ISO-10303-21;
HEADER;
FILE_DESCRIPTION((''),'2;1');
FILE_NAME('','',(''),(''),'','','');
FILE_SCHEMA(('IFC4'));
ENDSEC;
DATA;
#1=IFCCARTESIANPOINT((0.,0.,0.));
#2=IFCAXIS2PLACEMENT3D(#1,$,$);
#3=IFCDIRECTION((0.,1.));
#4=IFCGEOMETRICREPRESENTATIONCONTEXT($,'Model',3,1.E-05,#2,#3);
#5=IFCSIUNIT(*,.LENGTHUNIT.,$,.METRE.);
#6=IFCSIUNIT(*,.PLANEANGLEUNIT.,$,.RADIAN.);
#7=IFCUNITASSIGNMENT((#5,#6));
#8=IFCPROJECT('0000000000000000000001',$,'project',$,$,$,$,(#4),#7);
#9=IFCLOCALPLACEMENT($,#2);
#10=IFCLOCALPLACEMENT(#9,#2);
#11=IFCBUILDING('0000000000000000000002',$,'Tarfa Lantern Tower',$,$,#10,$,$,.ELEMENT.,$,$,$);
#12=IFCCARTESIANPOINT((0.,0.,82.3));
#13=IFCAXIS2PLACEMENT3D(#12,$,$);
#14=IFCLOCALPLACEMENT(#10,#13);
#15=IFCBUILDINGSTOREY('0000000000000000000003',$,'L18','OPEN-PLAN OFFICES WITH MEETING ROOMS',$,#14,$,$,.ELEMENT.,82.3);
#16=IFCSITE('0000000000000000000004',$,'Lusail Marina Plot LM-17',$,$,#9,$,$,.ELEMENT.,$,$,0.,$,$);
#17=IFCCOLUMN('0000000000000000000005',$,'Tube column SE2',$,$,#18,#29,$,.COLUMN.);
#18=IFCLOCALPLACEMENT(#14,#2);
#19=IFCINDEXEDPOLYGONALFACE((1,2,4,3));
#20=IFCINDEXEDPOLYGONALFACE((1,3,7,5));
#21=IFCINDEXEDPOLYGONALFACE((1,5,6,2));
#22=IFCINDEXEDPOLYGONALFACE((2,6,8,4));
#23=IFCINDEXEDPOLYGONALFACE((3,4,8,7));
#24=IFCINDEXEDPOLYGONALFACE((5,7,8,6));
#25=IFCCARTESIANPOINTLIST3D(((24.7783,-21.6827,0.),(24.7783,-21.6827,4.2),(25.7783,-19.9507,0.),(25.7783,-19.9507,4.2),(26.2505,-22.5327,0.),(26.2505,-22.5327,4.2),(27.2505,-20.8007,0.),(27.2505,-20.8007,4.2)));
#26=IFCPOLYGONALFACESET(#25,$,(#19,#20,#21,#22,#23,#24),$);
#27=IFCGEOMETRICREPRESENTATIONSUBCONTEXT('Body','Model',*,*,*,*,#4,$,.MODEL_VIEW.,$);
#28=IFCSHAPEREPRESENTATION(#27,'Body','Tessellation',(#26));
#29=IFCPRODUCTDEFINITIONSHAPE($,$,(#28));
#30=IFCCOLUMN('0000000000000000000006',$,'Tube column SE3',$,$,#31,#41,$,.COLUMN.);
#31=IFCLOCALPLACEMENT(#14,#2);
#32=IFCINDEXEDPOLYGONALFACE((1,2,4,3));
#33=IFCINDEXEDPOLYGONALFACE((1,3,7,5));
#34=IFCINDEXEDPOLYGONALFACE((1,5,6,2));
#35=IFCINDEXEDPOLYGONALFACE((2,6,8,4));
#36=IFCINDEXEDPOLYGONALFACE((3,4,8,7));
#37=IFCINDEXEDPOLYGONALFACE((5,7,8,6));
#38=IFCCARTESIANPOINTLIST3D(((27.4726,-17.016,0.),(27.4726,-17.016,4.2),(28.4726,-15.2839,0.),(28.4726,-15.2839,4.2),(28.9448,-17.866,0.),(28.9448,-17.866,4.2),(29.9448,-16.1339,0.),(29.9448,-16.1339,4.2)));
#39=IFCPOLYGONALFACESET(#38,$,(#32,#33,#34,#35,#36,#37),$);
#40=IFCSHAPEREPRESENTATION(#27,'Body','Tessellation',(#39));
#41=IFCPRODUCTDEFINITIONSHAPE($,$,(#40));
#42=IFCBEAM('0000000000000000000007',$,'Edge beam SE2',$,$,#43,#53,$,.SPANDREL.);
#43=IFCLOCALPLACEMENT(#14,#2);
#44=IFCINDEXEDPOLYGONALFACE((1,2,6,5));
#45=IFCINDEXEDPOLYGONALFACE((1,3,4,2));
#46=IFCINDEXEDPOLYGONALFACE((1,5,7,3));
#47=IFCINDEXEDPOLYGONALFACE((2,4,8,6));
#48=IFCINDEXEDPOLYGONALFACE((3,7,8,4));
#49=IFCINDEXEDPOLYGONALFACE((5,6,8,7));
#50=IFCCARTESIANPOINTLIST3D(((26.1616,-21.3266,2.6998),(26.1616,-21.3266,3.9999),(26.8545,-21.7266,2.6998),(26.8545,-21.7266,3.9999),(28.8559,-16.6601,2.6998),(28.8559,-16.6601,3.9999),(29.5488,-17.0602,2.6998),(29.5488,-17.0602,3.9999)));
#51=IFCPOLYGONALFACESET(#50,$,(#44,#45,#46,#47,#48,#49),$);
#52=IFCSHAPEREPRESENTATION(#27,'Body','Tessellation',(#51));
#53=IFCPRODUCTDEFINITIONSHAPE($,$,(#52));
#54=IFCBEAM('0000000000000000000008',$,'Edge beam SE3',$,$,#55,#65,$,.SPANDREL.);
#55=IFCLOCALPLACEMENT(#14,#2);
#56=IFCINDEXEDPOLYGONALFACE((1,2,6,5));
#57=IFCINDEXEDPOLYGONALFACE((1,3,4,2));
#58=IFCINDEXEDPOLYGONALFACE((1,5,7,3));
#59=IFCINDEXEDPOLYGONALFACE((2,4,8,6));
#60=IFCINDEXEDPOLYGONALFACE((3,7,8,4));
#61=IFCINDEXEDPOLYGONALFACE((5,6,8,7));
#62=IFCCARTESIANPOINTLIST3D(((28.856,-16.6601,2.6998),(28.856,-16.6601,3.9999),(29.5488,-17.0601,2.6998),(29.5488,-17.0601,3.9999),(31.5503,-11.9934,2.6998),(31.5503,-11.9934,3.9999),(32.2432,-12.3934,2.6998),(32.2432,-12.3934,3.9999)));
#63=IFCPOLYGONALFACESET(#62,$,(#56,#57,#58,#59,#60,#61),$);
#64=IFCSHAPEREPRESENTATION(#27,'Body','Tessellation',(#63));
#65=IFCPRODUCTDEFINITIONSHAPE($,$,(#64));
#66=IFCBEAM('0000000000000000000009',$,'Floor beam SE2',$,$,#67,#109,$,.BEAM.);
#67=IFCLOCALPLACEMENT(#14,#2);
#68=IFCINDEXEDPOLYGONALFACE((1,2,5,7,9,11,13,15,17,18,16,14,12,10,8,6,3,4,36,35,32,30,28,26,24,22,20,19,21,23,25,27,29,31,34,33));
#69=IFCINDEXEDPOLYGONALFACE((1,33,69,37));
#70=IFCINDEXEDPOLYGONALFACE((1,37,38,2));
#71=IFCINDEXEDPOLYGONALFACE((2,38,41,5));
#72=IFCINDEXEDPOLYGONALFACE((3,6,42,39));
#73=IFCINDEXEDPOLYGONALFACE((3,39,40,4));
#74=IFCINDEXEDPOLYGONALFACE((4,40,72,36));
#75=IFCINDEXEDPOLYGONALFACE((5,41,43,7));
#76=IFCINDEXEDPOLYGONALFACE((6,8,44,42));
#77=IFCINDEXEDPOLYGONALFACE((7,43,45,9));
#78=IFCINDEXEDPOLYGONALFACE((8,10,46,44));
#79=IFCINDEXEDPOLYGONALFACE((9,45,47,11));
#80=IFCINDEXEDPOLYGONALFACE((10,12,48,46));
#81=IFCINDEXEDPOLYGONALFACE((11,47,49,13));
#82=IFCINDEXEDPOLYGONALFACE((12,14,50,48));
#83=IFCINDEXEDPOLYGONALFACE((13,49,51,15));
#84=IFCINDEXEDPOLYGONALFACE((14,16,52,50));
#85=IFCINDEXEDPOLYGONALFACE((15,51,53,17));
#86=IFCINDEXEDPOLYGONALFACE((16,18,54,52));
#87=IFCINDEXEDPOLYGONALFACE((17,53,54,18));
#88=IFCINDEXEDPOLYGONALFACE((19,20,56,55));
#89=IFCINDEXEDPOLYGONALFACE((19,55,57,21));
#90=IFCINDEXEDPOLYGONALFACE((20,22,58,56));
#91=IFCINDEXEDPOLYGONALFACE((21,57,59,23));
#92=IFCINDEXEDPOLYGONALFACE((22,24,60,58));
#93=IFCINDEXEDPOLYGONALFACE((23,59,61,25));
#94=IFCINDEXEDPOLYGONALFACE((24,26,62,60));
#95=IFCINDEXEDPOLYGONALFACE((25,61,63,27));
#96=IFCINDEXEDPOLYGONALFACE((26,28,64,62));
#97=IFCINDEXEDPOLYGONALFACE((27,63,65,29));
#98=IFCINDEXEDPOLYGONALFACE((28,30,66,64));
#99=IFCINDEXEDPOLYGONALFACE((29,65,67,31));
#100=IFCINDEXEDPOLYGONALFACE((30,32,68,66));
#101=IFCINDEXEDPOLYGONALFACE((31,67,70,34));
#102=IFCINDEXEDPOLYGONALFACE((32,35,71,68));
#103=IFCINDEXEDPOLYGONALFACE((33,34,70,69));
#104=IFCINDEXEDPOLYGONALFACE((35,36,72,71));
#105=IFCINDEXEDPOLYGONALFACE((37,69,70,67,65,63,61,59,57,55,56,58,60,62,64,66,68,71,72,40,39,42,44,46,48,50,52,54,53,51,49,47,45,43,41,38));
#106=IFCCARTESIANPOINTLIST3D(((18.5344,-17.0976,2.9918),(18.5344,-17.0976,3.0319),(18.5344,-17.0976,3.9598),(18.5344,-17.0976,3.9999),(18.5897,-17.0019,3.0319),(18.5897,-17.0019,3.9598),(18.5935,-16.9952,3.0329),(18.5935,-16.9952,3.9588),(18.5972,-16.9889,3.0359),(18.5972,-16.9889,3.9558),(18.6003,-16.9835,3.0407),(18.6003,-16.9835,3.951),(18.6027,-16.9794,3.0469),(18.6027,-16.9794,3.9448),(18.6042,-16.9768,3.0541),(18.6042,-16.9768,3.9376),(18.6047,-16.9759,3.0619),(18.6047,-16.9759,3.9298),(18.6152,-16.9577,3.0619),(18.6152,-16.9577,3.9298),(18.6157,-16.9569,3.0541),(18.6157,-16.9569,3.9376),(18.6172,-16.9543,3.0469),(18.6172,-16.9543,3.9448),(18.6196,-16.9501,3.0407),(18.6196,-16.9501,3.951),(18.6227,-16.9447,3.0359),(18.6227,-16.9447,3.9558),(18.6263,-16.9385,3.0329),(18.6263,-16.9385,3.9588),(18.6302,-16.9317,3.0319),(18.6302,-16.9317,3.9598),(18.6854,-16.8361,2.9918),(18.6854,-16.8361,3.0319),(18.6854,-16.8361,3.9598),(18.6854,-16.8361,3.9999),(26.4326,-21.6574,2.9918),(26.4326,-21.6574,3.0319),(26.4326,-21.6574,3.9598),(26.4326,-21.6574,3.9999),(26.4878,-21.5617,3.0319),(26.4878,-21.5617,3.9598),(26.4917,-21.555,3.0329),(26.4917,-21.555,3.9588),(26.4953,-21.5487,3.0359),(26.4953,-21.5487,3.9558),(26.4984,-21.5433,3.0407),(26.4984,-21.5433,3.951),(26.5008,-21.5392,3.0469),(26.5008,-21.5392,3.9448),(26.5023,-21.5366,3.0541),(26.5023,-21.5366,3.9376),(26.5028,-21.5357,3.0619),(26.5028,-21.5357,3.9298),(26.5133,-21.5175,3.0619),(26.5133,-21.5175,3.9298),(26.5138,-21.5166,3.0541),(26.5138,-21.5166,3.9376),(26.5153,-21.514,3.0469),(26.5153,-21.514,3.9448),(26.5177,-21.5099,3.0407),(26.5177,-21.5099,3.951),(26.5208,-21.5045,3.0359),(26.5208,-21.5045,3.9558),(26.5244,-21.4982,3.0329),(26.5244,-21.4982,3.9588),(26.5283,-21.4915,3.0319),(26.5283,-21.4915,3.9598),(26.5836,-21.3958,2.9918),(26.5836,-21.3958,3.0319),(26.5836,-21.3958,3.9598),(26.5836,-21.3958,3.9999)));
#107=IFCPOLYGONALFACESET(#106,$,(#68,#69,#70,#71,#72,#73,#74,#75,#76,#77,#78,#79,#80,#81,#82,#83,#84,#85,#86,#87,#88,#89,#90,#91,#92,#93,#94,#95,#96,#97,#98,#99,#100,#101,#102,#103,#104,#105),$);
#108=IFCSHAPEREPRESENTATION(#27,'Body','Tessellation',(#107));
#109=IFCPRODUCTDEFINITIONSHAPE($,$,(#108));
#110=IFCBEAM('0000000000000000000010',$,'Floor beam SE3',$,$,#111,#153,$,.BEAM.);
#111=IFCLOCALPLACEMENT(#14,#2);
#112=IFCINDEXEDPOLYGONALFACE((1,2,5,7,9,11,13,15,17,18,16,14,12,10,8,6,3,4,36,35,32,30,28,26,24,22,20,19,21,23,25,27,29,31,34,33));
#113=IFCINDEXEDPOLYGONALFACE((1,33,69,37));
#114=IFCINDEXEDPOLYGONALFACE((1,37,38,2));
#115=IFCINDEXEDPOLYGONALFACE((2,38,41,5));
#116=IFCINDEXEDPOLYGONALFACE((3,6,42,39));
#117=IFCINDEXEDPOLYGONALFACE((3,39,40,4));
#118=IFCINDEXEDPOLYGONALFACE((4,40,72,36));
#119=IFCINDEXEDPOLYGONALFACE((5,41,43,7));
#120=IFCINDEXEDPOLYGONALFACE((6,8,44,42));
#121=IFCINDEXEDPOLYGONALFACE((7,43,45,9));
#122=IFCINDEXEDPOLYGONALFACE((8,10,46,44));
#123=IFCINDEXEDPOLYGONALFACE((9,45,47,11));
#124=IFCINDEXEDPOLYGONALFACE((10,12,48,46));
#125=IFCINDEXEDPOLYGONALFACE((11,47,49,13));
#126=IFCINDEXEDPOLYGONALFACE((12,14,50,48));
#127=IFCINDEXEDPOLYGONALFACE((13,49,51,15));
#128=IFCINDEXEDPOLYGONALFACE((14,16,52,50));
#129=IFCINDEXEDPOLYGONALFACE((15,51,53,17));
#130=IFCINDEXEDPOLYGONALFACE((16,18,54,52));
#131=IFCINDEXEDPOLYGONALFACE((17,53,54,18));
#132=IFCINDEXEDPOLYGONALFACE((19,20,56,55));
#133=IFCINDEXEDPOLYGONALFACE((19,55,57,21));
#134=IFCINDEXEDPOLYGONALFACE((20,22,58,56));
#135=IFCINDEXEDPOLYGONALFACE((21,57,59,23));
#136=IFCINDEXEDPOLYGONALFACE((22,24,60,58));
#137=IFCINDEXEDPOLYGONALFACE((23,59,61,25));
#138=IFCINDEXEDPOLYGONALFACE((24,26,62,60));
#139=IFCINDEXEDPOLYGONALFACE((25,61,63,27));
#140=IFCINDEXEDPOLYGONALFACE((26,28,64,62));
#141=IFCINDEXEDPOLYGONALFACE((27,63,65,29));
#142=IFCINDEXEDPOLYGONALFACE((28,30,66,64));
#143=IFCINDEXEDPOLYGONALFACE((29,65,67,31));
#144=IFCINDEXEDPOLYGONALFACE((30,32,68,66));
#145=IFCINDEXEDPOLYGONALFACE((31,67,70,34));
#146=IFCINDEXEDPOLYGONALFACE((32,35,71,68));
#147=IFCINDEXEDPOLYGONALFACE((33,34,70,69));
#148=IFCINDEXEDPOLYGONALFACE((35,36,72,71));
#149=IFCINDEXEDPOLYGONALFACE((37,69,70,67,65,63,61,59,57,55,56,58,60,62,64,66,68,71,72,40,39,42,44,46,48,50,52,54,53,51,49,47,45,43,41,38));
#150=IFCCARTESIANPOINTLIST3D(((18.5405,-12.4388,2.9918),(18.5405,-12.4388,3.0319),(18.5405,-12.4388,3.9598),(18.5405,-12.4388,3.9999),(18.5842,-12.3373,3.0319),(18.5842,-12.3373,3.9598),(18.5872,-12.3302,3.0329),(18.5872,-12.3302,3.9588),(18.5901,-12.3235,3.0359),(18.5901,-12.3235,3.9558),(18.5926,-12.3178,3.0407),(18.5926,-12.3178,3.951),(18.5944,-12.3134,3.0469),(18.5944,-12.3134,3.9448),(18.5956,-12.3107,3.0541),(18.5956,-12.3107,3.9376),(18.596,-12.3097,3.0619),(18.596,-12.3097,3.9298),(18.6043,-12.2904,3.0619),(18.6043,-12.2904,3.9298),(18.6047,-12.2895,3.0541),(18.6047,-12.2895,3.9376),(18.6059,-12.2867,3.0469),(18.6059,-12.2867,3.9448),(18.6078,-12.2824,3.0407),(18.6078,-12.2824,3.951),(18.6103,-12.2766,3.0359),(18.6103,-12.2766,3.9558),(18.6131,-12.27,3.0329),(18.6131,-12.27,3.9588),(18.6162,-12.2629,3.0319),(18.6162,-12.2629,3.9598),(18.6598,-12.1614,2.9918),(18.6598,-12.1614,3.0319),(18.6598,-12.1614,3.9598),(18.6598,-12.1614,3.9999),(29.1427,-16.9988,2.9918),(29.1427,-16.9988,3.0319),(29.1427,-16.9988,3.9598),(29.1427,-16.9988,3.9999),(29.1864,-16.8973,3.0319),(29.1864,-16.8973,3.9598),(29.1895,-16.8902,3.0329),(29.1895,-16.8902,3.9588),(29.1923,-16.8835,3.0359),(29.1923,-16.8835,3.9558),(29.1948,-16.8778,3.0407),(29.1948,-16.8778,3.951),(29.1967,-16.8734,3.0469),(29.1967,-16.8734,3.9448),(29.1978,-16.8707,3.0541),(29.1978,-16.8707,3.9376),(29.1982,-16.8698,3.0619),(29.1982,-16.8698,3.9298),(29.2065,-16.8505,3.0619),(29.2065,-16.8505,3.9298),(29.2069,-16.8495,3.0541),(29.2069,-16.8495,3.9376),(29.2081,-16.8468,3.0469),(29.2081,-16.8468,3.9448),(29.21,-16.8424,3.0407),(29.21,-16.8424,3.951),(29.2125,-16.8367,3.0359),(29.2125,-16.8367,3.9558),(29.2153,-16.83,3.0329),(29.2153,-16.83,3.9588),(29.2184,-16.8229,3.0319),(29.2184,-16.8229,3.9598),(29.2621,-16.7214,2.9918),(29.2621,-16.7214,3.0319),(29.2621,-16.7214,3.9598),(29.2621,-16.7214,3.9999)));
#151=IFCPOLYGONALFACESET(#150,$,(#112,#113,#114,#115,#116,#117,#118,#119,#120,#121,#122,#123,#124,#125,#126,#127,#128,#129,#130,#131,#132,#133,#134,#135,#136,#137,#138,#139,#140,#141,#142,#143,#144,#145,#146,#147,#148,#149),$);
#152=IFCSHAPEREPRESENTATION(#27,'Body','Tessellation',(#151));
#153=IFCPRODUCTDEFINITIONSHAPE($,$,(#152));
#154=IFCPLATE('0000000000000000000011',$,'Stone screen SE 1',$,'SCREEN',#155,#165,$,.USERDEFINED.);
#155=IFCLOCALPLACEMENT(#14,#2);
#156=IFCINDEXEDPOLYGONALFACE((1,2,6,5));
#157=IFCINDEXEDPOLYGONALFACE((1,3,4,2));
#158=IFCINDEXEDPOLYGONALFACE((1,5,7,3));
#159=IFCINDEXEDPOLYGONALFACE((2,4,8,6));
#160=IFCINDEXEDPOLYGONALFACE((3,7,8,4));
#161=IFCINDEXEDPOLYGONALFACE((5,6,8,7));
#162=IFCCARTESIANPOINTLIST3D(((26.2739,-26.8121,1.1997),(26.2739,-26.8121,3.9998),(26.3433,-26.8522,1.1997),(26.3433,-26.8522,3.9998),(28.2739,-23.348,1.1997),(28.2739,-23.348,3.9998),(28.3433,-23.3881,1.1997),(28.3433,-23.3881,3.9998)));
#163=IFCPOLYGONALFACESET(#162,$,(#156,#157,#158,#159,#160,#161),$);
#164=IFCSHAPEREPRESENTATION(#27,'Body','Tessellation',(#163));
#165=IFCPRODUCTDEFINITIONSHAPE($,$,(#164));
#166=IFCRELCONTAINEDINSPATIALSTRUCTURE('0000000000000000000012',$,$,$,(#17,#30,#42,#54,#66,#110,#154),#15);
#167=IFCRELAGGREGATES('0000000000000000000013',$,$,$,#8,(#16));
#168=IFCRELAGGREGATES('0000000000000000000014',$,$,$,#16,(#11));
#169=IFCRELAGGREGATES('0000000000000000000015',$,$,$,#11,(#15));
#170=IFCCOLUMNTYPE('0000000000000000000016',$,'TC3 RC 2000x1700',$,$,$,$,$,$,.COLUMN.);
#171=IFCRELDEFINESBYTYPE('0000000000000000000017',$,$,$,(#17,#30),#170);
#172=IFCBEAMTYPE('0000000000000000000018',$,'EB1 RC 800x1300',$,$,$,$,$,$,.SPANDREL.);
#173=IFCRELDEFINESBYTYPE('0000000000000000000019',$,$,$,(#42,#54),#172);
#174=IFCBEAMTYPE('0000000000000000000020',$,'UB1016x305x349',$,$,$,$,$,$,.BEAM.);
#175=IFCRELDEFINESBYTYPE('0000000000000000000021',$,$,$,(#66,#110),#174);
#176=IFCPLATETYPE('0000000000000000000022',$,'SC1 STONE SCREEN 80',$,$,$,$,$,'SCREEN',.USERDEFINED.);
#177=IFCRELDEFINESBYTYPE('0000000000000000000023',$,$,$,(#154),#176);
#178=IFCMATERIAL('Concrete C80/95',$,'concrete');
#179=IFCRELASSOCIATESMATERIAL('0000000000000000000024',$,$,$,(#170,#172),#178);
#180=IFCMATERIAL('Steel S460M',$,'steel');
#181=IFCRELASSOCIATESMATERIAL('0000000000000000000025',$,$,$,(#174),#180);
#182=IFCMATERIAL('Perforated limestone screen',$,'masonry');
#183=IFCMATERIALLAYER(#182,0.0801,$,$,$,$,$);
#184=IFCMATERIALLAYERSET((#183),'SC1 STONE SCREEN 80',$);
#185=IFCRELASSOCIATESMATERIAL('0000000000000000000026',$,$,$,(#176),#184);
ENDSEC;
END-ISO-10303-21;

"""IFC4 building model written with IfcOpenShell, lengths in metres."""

from ifc_helpers import new_model, si_unit, direction, frame, origin, origin_2d, place, context, subcontext, project, spatial, rectangle, i_section, extrude, material, layer, layer_set, material_profile, profile_set, type_object, element, save


model = new_model("IFC4")

# Units and contexts
model_context = context("Model", 3, precision=1e-05, world=origin(), true_north=direction((0.0, 1.0)))
body_context = subcontext(model_context, "Body", "Model", "MODEL_VIEW")
ifc_project = project(units=[si_unit("LENGTHUNIT", "METRE"), si_unit("PLANEANGLEUNIT", "RADIAN")], contexts=[model_context])

# Site, building, storey
site_placement = place(None, origin())
site = spatial("IfcSite", under=ifc_project, at=site_placement, Name="Lusail Marina Plot LM-17", CompositionType="ELEMENT", RefElevation=0.0)
building_placement = place(site_placement, origin())
building = spatial("IfcBuilding", under=site, at=building_placement, Name="Tarfa Lantern Tower", CompositionType="ELEMENT")
storey_placement = place(building_placement, frame((0.0, 0.0, 82.3)))
storey = spatial("IfcBuildingStorey", under=building, at=storey_placement, Name="L18", Description="OPEN-PLAN OFFICES WITH MEETING ROOMS", CompositionType="ELEMENT", Elevation=82.3)

# Columns
ifc_material_1 = material(Name="Concrete C80/95", Category="concrete")
ifc_material_profile_1 = material_profile(ifc_material_1, rectangle(XDim=2.0, YDim=1.7, at=origin_2d()), Name="RC 2000x1700")
ifc_profile_set_1 = profile_set([ifc_material_profile_1], Name="Concrete C80/95")
column_type = type_object("IfcColumnType", Name="TC3 RC 2000x1700", PredefinedType="COLUMN", material=ifc_profile_set_1)
for number, where, z_axis, x_axis, name in (
    (1, (26.0144, -21.2417, 0.0), (0.0, 0.0, 1.0), (0.5, 0.866025, 0.0), "Tube column SE2"),
    (2, (28.7087, -16.575, 0.0), (0.0, 0.0, 1.0), (0.5, 0.866025, 0.0), "Tube column SE3"),
):
    element("IfcColumn", number, at=place(storey_placement, frame(where, z_axis=z_axis, x_axis=x_axis)), inside=storey, type_object=column_type, Name=name, PredefinedType="COLUMN", context=body_context, shape_type="SweptSolid", body=[
        extrude(rectangle(XDim=2.0, YDim=1.7, at=origin_2d()), origin(), (0.0, 0.0, 1.0), 4.2),
    ])

# Beams
ifc_material_profile_2 = material_profile(ifc_material_1, rectangle(XDim=0.8, YDim=1.3, at=origin_2d()), Name="RC 800x1300")
ifc_profile_set_2 = profile_set([ifc_material_profile_2], Name="Concrete C80/95")
beam_type_1 = type_object("IfcBeamType", Name="EB1 RC 800x1300", PredefinedType="SPANDREL", material=ifc_profile_set_2)
beam_1_placement = place(storey_placement, frame((26.5081, -21.5266, 3.3499), z_axis=(0.500018, 0.866015, 0.0), x_axis=(-0.866015, 0.500018, 0.0)))
element("IfcBeam", 3, at=beam_1_placement, inside=storey, type_object=beam_type_1, Name="Edge beam SE2", PredefinedType="SPANDREL", context=body_context, shape_type="SweptSolid", body=[
    extrude(rectangle(XDim=0.8, YDim=1.3, at=origin_2d()), origin(), (0.0, 0.0, 1.0), 5.3884),
])
beam_2_placement = place(storey_placement, frame((29.2024, -16.8601, 3.3499), z_axis=(0.499998, 0.866026, 0.0), x_axis=(-0.866026, 0.499998, 0.0)))
element("IfcBeam", 4, at=beam_2_placement, inside=storey, type_object=beam_type_1, Name="Edge beam SE3", PredefinedType="SPANDREL", context=body_context, shape_type="SweptSolid", body=[
    extrude(rectangle(XDim=0.8, YDim=1.3, at=origin_2d()), origin(), (0.0, 0.0, 1.0), 5.3887),
])
ifc_material_2 = material(Name="Steel S460M", Category="steel")
ifc_material_profile_3 = material_profile(ifc_material_2, i_section(OverallWidth=0.302, OverallDepth=1.0081, WebThickness=0.021, FlangeThickness=0.04, FilletRadius=0.03, at=origin_2d()), Name="UB1016x305x349")
ifc_profile_set_3 = profile_set([ifc_material_profile_3], Name="Steel S460M")
beam_type_2 = type_object("IfcBeamType", Name="UB1016x305x349", PredefinedType="BEAM", material=ifc_profile_set_3)
beam_3_placement = place(storey_placement, frame((26.5081, -21.5266, 3.4958), z_axis=(-0.866035, 0.499983, 0.0), x_axis=(-0.499983, -0.866035, 0.0)))
element("IfcBeam", 5, at=beam_3_placement, inside=storey, type_object=beam_type_2, Name="Floor beam SE2", PredefinedType="BEAM", context=body_context, shape_type="SweptSolid", body=[
    extrude(i_section(OverallWidth=0.302, OverallDepth=1.0081, WebThickness=0.021, FlangeThickness=0.04, FilletRadius=0.03, at=origin_2d()), origin(), (0.0, 0.0, 1.0), 9.1199),
])
beam_4_placement = place(storey_placement, frame((29.2024, -16.8601, 3.4958), z_axis=(-0.918635, 0.395106, 0.0), x_axis=(-0.395106, -0.918635, 0.0)))
element("IfcBeam", 6, at=beam_4_placement, inside=storey, type_object=beam_type_2, Name="Floor beam SE3", PredefinedType="BEAM", context=body_context, shape_type="SweptSolid", body=[
    extrude(i_section(OverallWidth=0.302, OverallDepth=1.0081, WebThickness=0.021, FlangeThickness=0.04, FilletRadius=0.03, at=origin_2d()), origin(), (0.0, 0.0, 1.0), 11.5413),
])

# Plate
ifc_material_3 = material(Name="Perforated limestone screen", Category="masonry")
ifc_layer_1 = layer(ifc_material_3, 0.0801)
ifc_layer_set_1 = layer_set([ifc_layer_1], Name="SC1 STONE SCREEN 80")
plate_type = type_object("IfcPlateType", Name="SC1 STONE SCREEN 80", ElementType="SCREEN", PredefinedType="USERDEFINED", material=ifc_layer_set_1)
plate_placement = place(storey_placement, frame((27.3086, -25.1001, 1.1997), z_axis=(0.0, 0.0, 1.0), x_axis=(0.5, 0.866025, 0.0)))
element("IfcPlate", 7, at=plate_placement, inside=storey, type_object=plate_type, Name="Stone screen SE 1", ObjectType="SCREEN", PredefinedType="USERDEFINED", context=body_context, shape_type="SweptSolid", body=[
    extrude(rectangle(XDim=4.0, YDim=0.0801, at=origin_2d()), origin(), (0.0, 0.0, 1.0), 2.8),
])

save(model, "model.ifc")
